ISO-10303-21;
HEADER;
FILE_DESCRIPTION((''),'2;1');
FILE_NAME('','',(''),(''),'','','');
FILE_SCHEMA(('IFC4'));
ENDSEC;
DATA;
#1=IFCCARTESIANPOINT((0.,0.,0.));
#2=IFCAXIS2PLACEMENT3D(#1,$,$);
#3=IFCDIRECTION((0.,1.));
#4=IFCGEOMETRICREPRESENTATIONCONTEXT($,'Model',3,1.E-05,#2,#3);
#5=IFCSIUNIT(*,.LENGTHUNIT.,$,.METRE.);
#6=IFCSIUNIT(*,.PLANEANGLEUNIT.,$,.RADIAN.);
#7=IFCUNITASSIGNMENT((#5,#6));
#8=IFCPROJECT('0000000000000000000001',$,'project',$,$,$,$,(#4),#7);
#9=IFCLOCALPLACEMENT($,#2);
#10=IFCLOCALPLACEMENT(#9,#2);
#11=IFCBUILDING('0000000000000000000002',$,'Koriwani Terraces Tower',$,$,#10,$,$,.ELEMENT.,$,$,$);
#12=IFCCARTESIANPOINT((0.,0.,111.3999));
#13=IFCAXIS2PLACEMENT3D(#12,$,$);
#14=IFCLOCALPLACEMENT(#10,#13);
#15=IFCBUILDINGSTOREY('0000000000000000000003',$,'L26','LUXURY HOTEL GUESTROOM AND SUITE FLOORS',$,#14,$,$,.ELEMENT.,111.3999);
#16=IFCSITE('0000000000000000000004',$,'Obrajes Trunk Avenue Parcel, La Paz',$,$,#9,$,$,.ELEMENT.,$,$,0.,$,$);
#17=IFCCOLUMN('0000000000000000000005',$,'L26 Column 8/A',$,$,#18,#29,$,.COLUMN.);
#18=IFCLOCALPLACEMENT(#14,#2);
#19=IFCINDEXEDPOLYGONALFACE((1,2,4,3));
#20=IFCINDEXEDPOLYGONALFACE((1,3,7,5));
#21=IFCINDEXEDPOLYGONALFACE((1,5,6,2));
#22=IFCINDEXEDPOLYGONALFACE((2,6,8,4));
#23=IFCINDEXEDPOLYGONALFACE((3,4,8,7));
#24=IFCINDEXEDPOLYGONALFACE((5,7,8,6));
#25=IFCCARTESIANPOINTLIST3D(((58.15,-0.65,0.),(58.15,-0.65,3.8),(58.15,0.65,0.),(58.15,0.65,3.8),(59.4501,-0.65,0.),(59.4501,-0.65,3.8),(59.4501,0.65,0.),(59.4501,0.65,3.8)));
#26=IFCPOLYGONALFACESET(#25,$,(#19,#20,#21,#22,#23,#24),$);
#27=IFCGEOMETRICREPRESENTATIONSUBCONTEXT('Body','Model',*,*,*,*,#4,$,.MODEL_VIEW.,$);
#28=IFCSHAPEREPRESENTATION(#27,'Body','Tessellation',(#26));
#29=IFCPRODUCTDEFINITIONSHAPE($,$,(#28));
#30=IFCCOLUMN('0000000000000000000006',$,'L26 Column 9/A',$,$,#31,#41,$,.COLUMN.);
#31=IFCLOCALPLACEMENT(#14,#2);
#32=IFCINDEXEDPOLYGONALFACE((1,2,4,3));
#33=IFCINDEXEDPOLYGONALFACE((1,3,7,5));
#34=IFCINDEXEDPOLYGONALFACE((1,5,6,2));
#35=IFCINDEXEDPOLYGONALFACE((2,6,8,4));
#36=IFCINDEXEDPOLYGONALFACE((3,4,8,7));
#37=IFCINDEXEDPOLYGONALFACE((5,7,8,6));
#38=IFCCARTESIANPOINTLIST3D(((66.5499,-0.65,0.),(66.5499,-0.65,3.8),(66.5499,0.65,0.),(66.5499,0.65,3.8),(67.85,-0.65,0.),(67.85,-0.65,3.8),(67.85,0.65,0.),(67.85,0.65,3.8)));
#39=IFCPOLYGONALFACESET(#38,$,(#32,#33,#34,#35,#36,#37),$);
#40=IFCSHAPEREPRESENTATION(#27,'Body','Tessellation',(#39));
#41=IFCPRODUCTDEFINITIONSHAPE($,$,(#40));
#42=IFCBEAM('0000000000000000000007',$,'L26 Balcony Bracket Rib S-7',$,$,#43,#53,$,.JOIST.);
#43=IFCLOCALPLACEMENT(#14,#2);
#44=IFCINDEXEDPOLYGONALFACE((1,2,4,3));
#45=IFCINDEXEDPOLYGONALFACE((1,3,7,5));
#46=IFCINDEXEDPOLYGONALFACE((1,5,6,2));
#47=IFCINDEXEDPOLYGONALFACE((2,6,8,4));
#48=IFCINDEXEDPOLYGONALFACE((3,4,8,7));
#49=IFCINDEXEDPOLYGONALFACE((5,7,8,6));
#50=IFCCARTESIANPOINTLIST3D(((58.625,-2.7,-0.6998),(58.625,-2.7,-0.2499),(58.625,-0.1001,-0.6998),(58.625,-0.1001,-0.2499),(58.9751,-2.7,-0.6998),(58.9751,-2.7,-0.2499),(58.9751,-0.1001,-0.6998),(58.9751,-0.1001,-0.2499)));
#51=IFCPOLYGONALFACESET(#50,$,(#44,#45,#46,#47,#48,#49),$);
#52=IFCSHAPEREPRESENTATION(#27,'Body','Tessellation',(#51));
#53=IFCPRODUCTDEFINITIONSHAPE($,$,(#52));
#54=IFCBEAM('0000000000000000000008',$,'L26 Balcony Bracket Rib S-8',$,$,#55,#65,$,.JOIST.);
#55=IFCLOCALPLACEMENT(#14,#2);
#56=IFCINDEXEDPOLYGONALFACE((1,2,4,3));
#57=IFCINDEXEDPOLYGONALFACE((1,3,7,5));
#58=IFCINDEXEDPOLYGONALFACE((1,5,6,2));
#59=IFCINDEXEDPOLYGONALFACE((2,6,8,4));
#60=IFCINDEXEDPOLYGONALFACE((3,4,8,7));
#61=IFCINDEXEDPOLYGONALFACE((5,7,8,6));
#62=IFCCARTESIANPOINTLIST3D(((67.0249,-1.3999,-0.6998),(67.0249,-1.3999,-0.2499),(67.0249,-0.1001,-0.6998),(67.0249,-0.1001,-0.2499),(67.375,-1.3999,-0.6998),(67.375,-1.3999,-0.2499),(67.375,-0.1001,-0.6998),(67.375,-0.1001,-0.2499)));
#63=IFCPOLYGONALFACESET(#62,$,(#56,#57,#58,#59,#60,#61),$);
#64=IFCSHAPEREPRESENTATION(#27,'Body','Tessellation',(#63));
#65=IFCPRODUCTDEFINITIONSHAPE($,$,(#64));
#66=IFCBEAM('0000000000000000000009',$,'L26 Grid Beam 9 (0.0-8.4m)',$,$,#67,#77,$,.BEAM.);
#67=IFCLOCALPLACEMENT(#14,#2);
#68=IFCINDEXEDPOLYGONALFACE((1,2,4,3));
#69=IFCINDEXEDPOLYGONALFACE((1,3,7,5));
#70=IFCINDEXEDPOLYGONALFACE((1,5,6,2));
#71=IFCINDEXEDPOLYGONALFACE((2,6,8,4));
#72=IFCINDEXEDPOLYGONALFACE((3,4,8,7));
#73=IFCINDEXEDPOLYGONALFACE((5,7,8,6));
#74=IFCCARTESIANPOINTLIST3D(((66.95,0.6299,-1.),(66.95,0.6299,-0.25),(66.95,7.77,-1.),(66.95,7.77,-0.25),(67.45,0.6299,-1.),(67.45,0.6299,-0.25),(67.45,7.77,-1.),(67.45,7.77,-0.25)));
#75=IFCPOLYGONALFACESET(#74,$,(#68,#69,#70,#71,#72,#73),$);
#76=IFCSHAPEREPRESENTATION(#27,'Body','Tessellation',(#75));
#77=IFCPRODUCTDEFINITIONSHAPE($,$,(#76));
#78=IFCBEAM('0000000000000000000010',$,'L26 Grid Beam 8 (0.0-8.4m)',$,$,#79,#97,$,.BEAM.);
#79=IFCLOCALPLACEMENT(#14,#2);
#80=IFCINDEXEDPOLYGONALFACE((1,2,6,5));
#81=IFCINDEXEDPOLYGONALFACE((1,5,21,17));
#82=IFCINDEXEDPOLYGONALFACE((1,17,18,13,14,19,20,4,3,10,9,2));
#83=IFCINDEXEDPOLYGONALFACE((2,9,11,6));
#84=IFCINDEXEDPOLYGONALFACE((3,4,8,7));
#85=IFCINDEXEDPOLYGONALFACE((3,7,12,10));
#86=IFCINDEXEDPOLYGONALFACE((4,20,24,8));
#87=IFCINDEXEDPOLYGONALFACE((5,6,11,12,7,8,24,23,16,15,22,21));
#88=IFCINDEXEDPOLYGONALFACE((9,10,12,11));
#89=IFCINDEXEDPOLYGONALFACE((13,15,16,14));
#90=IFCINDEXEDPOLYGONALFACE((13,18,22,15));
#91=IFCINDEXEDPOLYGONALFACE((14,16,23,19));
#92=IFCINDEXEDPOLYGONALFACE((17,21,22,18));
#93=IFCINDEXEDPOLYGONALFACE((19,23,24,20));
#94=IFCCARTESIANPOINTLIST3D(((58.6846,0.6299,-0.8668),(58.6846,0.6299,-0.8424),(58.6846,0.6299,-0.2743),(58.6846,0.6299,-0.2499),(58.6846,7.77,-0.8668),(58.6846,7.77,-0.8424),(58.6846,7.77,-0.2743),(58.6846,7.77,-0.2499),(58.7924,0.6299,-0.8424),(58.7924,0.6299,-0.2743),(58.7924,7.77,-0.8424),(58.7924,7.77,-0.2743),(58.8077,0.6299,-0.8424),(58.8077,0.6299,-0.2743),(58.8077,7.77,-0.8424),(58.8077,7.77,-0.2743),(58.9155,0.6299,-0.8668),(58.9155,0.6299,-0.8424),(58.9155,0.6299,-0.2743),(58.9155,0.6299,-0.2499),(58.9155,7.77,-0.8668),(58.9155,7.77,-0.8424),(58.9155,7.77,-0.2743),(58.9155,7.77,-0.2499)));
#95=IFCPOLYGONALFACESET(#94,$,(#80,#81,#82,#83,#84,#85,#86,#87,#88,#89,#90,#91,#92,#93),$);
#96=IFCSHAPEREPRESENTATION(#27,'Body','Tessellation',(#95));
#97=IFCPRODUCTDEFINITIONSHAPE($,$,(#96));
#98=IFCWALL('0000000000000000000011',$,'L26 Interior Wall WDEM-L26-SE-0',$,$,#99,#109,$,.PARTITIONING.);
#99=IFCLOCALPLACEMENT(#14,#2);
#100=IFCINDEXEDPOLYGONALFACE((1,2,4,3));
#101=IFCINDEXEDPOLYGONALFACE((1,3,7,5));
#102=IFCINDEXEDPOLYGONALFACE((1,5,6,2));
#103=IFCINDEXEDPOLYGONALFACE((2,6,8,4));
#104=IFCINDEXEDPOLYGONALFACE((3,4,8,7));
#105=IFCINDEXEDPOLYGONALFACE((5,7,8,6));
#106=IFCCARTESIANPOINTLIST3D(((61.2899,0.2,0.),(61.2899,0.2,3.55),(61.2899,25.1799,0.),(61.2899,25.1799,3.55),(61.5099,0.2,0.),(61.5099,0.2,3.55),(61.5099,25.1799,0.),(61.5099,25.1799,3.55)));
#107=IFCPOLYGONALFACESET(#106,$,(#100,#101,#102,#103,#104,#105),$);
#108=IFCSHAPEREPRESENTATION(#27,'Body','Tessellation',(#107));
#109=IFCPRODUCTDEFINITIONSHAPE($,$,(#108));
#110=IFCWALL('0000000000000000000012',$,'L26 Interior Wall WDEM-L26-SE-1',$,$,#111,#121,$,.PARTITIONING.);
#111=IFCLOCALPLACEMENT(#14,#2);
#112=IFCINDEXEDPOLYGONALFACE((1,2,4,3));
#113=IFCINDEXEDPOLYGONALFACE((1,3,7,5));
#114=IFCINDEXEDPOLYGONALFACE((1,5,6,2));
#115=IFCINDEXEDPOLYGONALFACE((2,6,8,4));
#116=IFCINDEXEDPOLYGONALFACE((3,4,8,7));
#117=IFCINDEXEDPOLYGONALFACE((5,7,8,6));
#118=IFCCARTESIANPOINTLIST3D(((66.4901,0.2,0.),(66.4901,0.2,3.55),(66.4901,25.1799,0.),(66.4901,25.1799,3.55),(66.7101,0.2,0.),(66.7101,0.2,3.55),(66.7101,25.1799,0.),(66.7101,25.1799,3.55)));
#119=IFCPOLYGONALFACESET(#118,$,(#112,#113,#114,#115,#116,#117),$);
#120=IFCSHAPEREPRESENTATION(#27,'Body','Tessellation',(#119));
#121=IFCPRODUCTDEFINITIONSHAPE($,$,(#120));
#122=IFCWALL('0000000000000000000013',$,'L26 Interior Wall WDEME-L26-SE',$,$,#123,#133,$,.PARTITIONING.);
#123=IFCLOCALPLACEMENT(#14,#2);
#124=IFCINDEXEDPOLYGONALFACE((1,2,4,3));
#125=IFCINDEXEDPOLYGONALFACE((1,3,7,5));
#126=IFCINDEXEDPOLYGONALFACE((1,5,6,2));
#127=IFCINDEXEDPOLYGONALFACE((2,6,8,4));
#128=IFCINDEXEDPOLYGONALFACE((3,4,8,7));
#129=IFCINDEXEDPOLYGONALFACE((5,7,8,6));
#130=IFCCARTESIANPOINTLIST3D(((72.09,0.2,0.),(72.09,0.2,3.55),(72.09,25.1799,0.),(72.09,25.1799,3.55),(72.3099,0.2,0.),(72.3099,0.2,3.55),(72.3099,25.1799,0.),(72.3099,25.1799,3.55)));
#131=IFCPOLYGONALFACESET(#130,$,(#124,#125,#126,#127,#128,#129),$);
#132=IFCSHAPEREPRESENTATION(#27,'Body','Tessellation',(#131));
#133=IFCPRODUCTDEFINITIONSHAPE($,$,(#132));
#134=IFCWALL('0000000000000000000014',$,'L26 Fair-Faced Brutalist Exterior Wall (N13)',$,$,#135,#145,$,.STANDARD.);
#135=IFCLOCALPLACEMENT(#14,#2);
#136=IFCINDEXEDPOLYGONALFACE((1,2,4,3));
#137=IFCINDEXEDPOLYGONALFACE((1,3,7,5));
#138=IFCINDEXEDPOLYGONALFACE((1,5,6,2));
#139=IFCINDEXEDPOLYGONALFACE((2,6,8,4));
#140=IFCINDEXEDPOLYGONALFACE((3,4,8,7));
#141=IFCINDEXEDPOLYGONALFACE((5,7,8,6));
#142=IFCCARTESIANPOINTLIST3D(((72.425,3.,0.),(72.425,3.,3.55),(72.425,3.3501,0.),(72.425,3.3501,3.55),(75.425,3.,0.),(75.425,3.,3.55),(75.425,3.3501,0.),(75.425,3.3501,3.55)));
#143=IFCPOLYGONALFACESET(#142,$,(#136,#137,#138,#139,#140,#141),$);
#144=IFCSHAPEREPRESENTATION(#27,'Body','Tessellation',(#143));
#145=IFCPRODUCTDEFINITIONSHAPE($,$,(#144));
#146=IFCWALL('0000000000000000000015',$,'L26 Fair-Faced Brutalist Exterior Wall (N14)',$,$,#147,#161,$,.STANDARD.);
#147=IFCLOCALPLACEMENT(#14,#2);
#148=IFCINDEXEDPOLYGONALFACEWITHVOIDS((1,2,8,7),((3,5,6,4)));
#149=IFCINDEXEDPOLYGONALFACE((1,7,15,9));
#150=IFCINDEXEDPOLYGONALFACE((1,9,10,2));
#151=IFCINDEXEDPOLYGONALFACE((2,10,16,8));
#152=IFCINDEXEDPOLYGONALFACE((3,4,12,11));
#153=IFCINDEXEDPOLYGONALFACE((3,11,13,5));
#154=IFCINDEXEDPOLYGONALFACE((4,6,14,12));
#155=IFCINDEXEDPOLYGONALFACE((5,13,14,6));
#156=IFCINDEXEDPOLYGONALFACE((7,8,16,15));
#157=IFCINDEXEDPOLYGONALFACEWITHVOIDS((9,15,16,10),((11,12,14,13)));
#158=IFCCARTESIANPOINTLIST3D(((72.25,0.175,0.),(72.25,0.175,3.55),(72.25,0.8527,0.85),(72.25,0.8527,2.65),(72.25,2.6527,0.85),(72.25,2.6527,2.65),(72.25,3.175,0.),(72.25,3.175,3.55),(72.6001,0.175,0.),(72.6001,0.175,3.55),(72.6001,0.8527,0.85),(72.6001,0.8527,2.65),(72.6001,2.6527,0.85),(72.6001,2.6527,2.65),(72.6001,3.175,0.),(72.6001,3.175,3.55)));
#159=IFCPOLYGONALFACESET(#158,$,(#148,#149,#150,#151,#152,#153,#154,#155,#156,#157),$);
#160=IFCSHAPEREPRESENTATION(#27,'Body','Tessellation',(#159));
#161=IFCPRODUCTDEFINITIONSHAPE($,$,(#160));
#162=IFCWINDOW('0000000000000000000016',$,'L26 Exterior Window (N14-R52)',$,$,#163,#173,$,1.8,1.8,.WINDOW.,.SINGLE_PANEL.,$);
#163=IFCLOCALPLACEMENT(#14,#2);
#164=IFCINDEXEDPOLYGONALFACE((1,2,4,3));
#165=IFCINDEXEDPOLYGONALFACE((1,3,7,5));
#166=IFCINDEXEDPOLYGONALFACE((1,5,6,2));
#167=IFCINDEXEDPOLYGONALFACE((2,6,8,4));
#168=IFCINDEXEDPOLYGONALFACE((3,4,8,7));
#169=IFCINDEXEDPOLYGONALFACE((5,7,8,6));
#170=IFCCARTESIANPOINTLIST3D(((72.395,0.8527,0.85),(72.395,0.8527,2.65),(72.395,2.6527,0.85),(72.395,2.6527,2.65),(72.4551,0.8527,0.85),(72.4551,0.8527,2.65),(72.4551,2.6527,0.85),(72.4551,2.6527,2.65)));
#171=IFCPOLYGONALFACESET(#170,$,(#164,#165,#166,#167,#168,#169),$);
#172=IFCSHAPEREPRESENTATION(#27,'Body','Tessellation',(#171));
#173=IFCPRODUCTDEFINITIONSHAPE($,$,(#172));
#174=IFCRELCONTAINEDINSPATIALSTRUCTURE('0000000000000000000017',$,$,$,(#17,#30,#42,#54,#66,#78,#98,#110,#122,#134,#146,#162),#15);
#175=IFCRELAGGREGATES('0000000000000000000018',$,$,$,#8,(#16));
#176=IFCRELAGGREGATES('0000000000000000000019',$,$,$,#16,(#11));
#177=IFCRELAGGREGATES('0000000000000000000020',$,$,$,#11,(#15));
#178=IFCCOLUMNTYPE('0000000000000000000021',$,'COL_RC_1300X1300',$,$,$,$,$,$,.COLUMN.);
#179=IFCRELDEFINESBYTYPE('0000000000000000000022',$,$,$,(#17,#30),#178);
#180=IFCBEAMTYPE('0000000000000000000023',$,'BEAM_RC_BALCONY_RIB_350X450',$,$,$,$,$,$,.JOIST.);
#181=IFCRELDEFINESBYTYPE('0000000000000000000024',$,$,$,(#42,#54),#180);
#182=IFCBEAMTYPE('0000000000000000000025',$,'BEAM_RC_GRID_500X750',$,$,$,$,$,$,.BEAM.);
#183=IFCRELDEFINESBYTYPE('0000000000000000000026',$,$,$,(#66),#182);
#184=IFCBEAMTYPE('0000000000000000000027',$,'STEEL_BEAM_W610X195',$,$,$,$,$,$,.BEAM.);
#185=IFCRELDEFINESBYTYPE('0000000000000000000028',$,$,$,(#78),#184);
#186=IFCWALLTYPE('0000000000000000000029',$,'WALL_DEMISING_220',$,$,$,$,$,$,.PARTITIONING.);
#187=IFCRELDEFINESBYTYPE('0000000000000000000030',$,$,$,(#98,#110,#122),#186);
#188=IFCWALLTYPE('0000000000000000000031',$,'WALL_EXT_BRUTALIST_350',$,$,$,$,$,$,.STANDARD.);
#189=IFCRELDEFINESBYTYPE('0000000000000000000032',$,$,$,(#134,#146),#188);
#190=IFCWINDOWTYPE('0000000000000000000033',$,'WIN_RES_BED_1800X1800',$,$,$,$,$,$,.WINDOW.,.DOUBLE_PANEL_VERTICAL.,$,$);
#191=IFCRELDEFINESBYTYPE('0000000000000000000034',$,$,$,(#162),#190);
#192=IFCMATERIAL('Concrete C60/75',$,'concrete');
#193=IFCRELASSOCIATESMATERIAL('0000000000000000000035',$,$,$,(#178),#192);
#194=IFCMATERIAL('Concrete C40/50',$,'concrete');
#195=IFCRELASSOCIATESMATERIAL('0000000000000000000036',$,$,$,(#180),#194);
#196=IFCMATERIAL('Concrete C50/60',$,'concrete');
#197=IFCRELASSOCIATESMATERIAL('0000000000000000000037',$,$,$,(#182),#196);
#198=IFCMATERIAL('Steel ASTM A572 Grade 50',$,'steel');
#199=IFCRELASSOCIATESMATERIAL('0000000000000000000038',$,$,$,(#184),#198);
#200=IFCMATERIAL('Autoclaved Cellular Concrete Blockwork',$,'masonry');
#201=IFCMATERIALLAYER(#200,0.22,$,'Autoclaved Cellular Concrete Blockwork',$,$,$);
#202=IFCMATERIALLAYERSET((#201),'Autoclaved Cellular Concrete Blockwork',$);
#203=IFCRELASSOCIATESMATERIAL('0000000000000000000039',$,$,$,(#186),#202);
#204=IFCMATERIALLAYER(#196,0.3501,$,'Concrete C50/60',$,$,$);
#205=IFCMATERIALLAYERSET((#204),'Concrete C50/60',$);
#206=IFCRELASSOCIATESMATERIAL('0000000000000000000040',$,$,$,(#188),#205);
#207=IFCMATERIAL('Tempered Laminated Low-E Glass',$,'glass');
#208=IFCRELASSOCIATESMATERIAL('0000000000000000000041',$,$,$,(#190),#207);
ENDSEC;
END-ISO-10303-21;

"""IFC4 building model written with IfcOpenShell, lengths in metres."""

from ifc_helpers import new_model, si_unit, direction, frame, frame_2d, origin, origin_2d, place, context, subcontext, project, spatial, rectangle, i_section, extrude, material, layer, layer_set, material_profile, profile_set, type_object, element, fill, save


model = new_model("IFC4")

# Units and contexts
model_context = context("Model", 3, precision=1e-05, world=origin(), true_north=direction((0.0, 1.0)))
body_context = subcontext(model_context, "Body", "Model", "MODEL_VIEW")
ifc_project = project(units=[si_unit("LENGTHUNIT", "METRE"), si_unit("PLANEANGLEUNIT", "RADIAN")], contexts=[model_context])

# Site, building, storey
site_placement = place(None, origin())
site = spatial("IfcSite", under=ifc_project, at=site_placement, Name="Obrajes Trunk Avenue Parcel, La Paz", CompositionType="ELEMENT", RefElevation=0.0)
building_placement = place(site_placement, origin())
building = spatial("IfcBuilding", under=site, at=building_placement, Name="Koriwani Terraces Tower", CompositionType="ELEMENT")
storey_placement = place(building_placement, frame((0.0, 0.0, 111.3999)))
storey = spatial("IfcBuildingStorey", under=building, at=storey_placement, Name="L26", Description="LUXURY HOTEL GUESTROOM AND SUITE FLOORS", CompositionType="ELEMENT", Elevation=111.3999)

# Columns
ifc_material_1 = material(Name="Concrete C60/75", Category="concrete")
ifc_material_profile_1 = material_profile(ifc_material_1, rectangle(XDim=1.3, YDim=1.3, at=origin_2d()), Name="Concrete C60/75", Category="LoadBearing")
ifc_profile_set_1 = profile_set([ifc_material_profile_1], Name="Concrete C60/75")
column_type = type_object("IfcColumnType", Name="COL_RC_1300X1300", PredefinedType="COLUMN", material=ifc_profile_set_1)
for number, where, z_axis, x_axis, name in (
    (1, (58.8, 0.0, 0.0), (0.0, 0.0, 1.0), (1.0, 0.0, 0.0), "L26 Column 8/A"),
    (2, (67.2, 0.0, 0.0), (0.0, 0.0, 1.0), (1.0, 0.0, 0.0), "L26 Column 9/A"),
):
    element("IfcColumn", number, at=place(storey_placement, frame(where, z_axis=z_axis, x_axis=x_axis)), inside=storey, type_object=column_type, Name=name, PredefinedType="COLUMN", context=body_context, shape_type="SweptSolid", body=[
        extrude(rectangle(XDim=1.3, YDim=1.3, at=origin_2d()), origin(), (0.0, 0.0, 1.0), 3.8),
    ])

# Beams
ifc_material_2 = material(Name="Concrete C40/50", Category="concrete")
ifc_material_profile_2 = material_profile(ifc_material_2, rectangle(XDim=0.3501, YDim=0.45, at=origin_2d()), Name="Concrete C40/50", Category="LoadBearing")
ifc_profile_set_2 = profile_set([ifc_material_profile_2], Name="Concrete C40/50")
beam_type_1 = type_object("IfcBeamType", Name="BEAM_RC_BALCONY_RIB_350X450", PredefinedType="JOIST", material=ifc_profile_set_2)
beam_1_placement = place(storey_placement, frame((58.8, -2.7, -0.4749), z_axis=(0.0, 1.0, 0.0), x_axis=(-1.0, 0.0, 0.0)))
element("IfcBeam", 3, at=beam_1_placement, inside=storey, type_object=beam_type_1, Name="L26 Balcony Bracket Rib S-7", PredefinedType="JOIST", context=body_context, shape_type="SweptSolid", body=[
    extrude(rectangle(XDim=0.3501, YDim=0.45, at=origin_2d()), origin(), (0.0, 0.0, 1.0), 2.5999),
])
beam_2_placement = place(storey_placement, frame((67.2, -1.3999, -0.4749), z_axis=(0.0, 1.0, 0.0), x_axis=(-1.0, 0.0, 0.0)))
element("IfcBeam", 4, at=beam_2_placement, inside=storey, type_object=beam_type_1, Name="L26 Balcony Bracket Rib S-8", PredefinedType="JOIST", context=body_context, shape_type="SweptSolid", body=[
    extrude(rectangle(XDim=0.3501, YDim=0.45, at=origin_2d()), origin(), (0.0, 0.0, 1.0), 1.2998),
])
ifc_material_3 = material(Name="Concrete C50/60", Category="concrete")
ifc_material_profile_3 = material_profile(ifc_material_3, rectangle(XDim=0.5, YDim=0.75, at=origin_2d()), Name="Concrete C50/60", Category="LoadBearing")
ifc_profile_set_3 = profile_set([ifc_material_profile_3], Name="Concrete C50/60")
beam_type_2 = type_object("IfcBeamType", Name="BEAM_RC_GRID_500X750", PredefinedType="BEAM", material=ifc_profile_set_3)
beam_3_placement = place(storey_placement, frame((67.2, 0.6299, -0.625), z_axis=(0.0, 1.0, 0.0), x_axis=(-1.0, 0.0, 0.0)))
element("IfcBeam", 5, at=beam_3_placement, inside=storey, type_object=beam_type_2, Name="L26 Grid Beam 9 (0.0-8.4m)", PredefinedType="BEAM", context=body_context, shape_type="SweptSolid", body=[
    extrude(rectangle(XDim=0.5, YDim=0.75, at=origin_2d()), origin(), (0.0, 0.0, 1.0), 7.1401),
])
ifc_material_4 = material(Name="Steel ASTM A572 Grade 50", Category="steel")
ifc_material_profile_4 = material_profile(ifc_material_4, i_section(OverallWidth=0.231, OverallDepth=0.6169, WebThickness=0.0154, FlangeThickness=0.0244, at=origin_2d()), Name="Steel ASTM A572 Grade 50", Category="LoadBearing")
ifc_profile_set_4 = profile_set([ifc_material_profile_4], Name="Steel ASTM A572 Grade 50")
beam_type_3 = type_object("IfcBeamType", Name="STEEL_BEAM_W610X195", PredefinedType="BEAM", material=ifc_profile_set_4)
beam_4_placement = place(storey_placement, frame((58.8, 0.6299, -0.5583), z_axis=(0.0, 1.0, 0.0), x_axis=(-1.0, 0.0, 0.0)))
element("IfcBeam", 6, at=beam_4_placement, inside=storey, type_object=beam_type_3, Name="L26 Grid Beam 8 (0.0-8.4m)", PredefinedType="BEAM", context=body_context, shape_type="SweptSolid", body=[
    extrude(i_section(OverallWidth=0.231, OverallDepth=0.6169, WebThickness=0.0154, FlangeThickness=0.0244, at=origin_2d()), origin(), (0.0, 0.0, 1.0), 7.1401),
])

# Walls
ifc_material_5 = material(Name="Autoclaved Cellular Concrete Blockwork", Category="masonry")
ifc_layer_1 = layer(ifc_material_5, 0.22, Name="Autoclaved Cellular Concrete Blockwork")
ifc_layer_set_1 = layer_set([ifc_layer_1], Name="Autoclaved Cellular Concrete Blockwork")
wall_type_1 = type_object("IfcWallType", Name="WALL_DEMISING_220", PredefinedType="PARTITIONING", material=ifc_layer_set_1)
for number, where, z_axis, x_axis, name in (
    (7, (61.3999, 0.2, 0.0), (0.0, 0.0, 1.0), (0.0, 1.0, 0.0), "L26 Interior Wall WDEM-L26-SE-0"),
    (8, (66.6001, 0.2, 0.0), (0.0, 0.0, 1.0), (0.0, 1.0, 0.0), "L26 Interior Wall WDEM-L26-SE-1"),
    (9, (72.2, 0.2, 0.0), (0.0, 0.0, 1.0), (0.0, 1.0, 0.0), "L26 Interior Wall WDEME-L26-SE"),
):
    element("IfcWall", number, at=place(storey_placement, frame(where, z_axis=z_axis, x_axis=x_axis)), inside=storey, type_object=wall_type_1, Name=name, PredefinedType="PARTITIONING", context=body_context, shape_type="SweptSolid", body=[
        extrude(rectangle(XDim=24.98, YDim=0.22, at=frame_2d((12.49, 0.0))), origin(), (0.0, 0.0, 1.0), 3.55),
    ])
ifc_layer_2 = layer(ifc_material_3, 0.3501, Name="Concrete C50/60")
ifc_layer_set_2 = layer_set([ifc_layer_2], Name="Concrete C50/60")
wall_type_2 = type_object("IfcWallType", Name="WALL_EXT_BRUTALIST_350", PredefinedType="STANDARD", material=ifc_layer_set_2)
wall_1_placement = place(storey_placement, frame((75.425, 3.175, 0.0), z_axis=(0.0, 0.0, 1.0), x_axis=(-1.0, 0.0, 0.0)))
element("IfcWall", 10, at=wall_1_placement, inside=storey, type_object=wall_type_2, Name="L26 Fair-Faced Brutalist Exterior Wall (N13)", PredefinedType="STANDARD", context=body_context, shape_type="SweptSolid", body=[
    extrude(rectangle(XDim=3.0, YDim=0.3501, at=frame_2d((1.5, 0.0))), origin(), (0.0, 0.0, 1.0), 3.55),
])

# Wall, opening, window
wall_2_placement = place(storey_placement, frame((72.425, 3.175, 0.0), z_axis=(0.0, 0.0, 1.0), x_axis=(0.0, -1.0, 0.0)))
wall_2 = element("IfcWall", 11, at=wall_2_placement, inside=storey, type_object=wall_type_2, Name="L26 Fair-Faced Brutalist Exterior Wall (N14)", PredefinedType="STANDARD", context=body_context, shape_type="SweptSolid", body=[
    extrude(rectangle(XDim=3.0, YDim=0.3501, at=frame_2d((1.5, 0.0))), origin(), (0.0, 0.0, 1.0), 3.55),
])
opening_1_placement = place(wall_2_placement, frame((0.5225, 0.0, 0.8501)))
opening_1 = element("IfcOpeningElement", 12, at=opening_1_placement, cuts=wall_2, PredefinedType="OPENING", context=body_context, shape_type="SweptSolid", body=[
    extrude(rectangle(XDim=1.8, YDim=1.8, at=frame_2d((0.8999, 0.8999))), frame((0.0, 0.1851, 0.0), z_axis=(0.0, -1.0, 0.0), x_axis=(1.0, 0.0, 0.0)), (0.0, 0.0, 1.0), 0.3701),
])
ifc_material_6 = material(Name="Tempered Laminated Low-E Glass", Category="glass")
window_type_1 = type_object("IfcWindowType", Name="WIN_RES_BED_1800X1800", PartitioningType="DOUBLE_PANEL_VERTICAL", PredefinedType="WINDOW", material=ifc_material_6)
window_1_placement = place(opening_1_placement, origin())
window_1 = element("IfcWindow", 13, at=window_1_placement, inside=storey, type_object=window_type_1, Name="L26 Exterior Window (N14-R52)", OverallHeight=1.8, OverallWidth=1.8, PartitioningType="SINGLE_PANEL", PredefinedType="WINDOW", context=body_context, shape_type="SweptSolid", body=[
    extrude(rectangle(XDim=1.8, YDim=1.8, at=frame_2d((0.8999, 0.8999))), frame((0.0, 0.03, 0.0), z_axis=(0.0, -1.0, 0.0), x_axis=(1.0, 0.0, 0.0)), (0.0, 0.0, 1.0), 0.0601),
])
fill(opening_1, window_1)

save(model, "model.ifc")
